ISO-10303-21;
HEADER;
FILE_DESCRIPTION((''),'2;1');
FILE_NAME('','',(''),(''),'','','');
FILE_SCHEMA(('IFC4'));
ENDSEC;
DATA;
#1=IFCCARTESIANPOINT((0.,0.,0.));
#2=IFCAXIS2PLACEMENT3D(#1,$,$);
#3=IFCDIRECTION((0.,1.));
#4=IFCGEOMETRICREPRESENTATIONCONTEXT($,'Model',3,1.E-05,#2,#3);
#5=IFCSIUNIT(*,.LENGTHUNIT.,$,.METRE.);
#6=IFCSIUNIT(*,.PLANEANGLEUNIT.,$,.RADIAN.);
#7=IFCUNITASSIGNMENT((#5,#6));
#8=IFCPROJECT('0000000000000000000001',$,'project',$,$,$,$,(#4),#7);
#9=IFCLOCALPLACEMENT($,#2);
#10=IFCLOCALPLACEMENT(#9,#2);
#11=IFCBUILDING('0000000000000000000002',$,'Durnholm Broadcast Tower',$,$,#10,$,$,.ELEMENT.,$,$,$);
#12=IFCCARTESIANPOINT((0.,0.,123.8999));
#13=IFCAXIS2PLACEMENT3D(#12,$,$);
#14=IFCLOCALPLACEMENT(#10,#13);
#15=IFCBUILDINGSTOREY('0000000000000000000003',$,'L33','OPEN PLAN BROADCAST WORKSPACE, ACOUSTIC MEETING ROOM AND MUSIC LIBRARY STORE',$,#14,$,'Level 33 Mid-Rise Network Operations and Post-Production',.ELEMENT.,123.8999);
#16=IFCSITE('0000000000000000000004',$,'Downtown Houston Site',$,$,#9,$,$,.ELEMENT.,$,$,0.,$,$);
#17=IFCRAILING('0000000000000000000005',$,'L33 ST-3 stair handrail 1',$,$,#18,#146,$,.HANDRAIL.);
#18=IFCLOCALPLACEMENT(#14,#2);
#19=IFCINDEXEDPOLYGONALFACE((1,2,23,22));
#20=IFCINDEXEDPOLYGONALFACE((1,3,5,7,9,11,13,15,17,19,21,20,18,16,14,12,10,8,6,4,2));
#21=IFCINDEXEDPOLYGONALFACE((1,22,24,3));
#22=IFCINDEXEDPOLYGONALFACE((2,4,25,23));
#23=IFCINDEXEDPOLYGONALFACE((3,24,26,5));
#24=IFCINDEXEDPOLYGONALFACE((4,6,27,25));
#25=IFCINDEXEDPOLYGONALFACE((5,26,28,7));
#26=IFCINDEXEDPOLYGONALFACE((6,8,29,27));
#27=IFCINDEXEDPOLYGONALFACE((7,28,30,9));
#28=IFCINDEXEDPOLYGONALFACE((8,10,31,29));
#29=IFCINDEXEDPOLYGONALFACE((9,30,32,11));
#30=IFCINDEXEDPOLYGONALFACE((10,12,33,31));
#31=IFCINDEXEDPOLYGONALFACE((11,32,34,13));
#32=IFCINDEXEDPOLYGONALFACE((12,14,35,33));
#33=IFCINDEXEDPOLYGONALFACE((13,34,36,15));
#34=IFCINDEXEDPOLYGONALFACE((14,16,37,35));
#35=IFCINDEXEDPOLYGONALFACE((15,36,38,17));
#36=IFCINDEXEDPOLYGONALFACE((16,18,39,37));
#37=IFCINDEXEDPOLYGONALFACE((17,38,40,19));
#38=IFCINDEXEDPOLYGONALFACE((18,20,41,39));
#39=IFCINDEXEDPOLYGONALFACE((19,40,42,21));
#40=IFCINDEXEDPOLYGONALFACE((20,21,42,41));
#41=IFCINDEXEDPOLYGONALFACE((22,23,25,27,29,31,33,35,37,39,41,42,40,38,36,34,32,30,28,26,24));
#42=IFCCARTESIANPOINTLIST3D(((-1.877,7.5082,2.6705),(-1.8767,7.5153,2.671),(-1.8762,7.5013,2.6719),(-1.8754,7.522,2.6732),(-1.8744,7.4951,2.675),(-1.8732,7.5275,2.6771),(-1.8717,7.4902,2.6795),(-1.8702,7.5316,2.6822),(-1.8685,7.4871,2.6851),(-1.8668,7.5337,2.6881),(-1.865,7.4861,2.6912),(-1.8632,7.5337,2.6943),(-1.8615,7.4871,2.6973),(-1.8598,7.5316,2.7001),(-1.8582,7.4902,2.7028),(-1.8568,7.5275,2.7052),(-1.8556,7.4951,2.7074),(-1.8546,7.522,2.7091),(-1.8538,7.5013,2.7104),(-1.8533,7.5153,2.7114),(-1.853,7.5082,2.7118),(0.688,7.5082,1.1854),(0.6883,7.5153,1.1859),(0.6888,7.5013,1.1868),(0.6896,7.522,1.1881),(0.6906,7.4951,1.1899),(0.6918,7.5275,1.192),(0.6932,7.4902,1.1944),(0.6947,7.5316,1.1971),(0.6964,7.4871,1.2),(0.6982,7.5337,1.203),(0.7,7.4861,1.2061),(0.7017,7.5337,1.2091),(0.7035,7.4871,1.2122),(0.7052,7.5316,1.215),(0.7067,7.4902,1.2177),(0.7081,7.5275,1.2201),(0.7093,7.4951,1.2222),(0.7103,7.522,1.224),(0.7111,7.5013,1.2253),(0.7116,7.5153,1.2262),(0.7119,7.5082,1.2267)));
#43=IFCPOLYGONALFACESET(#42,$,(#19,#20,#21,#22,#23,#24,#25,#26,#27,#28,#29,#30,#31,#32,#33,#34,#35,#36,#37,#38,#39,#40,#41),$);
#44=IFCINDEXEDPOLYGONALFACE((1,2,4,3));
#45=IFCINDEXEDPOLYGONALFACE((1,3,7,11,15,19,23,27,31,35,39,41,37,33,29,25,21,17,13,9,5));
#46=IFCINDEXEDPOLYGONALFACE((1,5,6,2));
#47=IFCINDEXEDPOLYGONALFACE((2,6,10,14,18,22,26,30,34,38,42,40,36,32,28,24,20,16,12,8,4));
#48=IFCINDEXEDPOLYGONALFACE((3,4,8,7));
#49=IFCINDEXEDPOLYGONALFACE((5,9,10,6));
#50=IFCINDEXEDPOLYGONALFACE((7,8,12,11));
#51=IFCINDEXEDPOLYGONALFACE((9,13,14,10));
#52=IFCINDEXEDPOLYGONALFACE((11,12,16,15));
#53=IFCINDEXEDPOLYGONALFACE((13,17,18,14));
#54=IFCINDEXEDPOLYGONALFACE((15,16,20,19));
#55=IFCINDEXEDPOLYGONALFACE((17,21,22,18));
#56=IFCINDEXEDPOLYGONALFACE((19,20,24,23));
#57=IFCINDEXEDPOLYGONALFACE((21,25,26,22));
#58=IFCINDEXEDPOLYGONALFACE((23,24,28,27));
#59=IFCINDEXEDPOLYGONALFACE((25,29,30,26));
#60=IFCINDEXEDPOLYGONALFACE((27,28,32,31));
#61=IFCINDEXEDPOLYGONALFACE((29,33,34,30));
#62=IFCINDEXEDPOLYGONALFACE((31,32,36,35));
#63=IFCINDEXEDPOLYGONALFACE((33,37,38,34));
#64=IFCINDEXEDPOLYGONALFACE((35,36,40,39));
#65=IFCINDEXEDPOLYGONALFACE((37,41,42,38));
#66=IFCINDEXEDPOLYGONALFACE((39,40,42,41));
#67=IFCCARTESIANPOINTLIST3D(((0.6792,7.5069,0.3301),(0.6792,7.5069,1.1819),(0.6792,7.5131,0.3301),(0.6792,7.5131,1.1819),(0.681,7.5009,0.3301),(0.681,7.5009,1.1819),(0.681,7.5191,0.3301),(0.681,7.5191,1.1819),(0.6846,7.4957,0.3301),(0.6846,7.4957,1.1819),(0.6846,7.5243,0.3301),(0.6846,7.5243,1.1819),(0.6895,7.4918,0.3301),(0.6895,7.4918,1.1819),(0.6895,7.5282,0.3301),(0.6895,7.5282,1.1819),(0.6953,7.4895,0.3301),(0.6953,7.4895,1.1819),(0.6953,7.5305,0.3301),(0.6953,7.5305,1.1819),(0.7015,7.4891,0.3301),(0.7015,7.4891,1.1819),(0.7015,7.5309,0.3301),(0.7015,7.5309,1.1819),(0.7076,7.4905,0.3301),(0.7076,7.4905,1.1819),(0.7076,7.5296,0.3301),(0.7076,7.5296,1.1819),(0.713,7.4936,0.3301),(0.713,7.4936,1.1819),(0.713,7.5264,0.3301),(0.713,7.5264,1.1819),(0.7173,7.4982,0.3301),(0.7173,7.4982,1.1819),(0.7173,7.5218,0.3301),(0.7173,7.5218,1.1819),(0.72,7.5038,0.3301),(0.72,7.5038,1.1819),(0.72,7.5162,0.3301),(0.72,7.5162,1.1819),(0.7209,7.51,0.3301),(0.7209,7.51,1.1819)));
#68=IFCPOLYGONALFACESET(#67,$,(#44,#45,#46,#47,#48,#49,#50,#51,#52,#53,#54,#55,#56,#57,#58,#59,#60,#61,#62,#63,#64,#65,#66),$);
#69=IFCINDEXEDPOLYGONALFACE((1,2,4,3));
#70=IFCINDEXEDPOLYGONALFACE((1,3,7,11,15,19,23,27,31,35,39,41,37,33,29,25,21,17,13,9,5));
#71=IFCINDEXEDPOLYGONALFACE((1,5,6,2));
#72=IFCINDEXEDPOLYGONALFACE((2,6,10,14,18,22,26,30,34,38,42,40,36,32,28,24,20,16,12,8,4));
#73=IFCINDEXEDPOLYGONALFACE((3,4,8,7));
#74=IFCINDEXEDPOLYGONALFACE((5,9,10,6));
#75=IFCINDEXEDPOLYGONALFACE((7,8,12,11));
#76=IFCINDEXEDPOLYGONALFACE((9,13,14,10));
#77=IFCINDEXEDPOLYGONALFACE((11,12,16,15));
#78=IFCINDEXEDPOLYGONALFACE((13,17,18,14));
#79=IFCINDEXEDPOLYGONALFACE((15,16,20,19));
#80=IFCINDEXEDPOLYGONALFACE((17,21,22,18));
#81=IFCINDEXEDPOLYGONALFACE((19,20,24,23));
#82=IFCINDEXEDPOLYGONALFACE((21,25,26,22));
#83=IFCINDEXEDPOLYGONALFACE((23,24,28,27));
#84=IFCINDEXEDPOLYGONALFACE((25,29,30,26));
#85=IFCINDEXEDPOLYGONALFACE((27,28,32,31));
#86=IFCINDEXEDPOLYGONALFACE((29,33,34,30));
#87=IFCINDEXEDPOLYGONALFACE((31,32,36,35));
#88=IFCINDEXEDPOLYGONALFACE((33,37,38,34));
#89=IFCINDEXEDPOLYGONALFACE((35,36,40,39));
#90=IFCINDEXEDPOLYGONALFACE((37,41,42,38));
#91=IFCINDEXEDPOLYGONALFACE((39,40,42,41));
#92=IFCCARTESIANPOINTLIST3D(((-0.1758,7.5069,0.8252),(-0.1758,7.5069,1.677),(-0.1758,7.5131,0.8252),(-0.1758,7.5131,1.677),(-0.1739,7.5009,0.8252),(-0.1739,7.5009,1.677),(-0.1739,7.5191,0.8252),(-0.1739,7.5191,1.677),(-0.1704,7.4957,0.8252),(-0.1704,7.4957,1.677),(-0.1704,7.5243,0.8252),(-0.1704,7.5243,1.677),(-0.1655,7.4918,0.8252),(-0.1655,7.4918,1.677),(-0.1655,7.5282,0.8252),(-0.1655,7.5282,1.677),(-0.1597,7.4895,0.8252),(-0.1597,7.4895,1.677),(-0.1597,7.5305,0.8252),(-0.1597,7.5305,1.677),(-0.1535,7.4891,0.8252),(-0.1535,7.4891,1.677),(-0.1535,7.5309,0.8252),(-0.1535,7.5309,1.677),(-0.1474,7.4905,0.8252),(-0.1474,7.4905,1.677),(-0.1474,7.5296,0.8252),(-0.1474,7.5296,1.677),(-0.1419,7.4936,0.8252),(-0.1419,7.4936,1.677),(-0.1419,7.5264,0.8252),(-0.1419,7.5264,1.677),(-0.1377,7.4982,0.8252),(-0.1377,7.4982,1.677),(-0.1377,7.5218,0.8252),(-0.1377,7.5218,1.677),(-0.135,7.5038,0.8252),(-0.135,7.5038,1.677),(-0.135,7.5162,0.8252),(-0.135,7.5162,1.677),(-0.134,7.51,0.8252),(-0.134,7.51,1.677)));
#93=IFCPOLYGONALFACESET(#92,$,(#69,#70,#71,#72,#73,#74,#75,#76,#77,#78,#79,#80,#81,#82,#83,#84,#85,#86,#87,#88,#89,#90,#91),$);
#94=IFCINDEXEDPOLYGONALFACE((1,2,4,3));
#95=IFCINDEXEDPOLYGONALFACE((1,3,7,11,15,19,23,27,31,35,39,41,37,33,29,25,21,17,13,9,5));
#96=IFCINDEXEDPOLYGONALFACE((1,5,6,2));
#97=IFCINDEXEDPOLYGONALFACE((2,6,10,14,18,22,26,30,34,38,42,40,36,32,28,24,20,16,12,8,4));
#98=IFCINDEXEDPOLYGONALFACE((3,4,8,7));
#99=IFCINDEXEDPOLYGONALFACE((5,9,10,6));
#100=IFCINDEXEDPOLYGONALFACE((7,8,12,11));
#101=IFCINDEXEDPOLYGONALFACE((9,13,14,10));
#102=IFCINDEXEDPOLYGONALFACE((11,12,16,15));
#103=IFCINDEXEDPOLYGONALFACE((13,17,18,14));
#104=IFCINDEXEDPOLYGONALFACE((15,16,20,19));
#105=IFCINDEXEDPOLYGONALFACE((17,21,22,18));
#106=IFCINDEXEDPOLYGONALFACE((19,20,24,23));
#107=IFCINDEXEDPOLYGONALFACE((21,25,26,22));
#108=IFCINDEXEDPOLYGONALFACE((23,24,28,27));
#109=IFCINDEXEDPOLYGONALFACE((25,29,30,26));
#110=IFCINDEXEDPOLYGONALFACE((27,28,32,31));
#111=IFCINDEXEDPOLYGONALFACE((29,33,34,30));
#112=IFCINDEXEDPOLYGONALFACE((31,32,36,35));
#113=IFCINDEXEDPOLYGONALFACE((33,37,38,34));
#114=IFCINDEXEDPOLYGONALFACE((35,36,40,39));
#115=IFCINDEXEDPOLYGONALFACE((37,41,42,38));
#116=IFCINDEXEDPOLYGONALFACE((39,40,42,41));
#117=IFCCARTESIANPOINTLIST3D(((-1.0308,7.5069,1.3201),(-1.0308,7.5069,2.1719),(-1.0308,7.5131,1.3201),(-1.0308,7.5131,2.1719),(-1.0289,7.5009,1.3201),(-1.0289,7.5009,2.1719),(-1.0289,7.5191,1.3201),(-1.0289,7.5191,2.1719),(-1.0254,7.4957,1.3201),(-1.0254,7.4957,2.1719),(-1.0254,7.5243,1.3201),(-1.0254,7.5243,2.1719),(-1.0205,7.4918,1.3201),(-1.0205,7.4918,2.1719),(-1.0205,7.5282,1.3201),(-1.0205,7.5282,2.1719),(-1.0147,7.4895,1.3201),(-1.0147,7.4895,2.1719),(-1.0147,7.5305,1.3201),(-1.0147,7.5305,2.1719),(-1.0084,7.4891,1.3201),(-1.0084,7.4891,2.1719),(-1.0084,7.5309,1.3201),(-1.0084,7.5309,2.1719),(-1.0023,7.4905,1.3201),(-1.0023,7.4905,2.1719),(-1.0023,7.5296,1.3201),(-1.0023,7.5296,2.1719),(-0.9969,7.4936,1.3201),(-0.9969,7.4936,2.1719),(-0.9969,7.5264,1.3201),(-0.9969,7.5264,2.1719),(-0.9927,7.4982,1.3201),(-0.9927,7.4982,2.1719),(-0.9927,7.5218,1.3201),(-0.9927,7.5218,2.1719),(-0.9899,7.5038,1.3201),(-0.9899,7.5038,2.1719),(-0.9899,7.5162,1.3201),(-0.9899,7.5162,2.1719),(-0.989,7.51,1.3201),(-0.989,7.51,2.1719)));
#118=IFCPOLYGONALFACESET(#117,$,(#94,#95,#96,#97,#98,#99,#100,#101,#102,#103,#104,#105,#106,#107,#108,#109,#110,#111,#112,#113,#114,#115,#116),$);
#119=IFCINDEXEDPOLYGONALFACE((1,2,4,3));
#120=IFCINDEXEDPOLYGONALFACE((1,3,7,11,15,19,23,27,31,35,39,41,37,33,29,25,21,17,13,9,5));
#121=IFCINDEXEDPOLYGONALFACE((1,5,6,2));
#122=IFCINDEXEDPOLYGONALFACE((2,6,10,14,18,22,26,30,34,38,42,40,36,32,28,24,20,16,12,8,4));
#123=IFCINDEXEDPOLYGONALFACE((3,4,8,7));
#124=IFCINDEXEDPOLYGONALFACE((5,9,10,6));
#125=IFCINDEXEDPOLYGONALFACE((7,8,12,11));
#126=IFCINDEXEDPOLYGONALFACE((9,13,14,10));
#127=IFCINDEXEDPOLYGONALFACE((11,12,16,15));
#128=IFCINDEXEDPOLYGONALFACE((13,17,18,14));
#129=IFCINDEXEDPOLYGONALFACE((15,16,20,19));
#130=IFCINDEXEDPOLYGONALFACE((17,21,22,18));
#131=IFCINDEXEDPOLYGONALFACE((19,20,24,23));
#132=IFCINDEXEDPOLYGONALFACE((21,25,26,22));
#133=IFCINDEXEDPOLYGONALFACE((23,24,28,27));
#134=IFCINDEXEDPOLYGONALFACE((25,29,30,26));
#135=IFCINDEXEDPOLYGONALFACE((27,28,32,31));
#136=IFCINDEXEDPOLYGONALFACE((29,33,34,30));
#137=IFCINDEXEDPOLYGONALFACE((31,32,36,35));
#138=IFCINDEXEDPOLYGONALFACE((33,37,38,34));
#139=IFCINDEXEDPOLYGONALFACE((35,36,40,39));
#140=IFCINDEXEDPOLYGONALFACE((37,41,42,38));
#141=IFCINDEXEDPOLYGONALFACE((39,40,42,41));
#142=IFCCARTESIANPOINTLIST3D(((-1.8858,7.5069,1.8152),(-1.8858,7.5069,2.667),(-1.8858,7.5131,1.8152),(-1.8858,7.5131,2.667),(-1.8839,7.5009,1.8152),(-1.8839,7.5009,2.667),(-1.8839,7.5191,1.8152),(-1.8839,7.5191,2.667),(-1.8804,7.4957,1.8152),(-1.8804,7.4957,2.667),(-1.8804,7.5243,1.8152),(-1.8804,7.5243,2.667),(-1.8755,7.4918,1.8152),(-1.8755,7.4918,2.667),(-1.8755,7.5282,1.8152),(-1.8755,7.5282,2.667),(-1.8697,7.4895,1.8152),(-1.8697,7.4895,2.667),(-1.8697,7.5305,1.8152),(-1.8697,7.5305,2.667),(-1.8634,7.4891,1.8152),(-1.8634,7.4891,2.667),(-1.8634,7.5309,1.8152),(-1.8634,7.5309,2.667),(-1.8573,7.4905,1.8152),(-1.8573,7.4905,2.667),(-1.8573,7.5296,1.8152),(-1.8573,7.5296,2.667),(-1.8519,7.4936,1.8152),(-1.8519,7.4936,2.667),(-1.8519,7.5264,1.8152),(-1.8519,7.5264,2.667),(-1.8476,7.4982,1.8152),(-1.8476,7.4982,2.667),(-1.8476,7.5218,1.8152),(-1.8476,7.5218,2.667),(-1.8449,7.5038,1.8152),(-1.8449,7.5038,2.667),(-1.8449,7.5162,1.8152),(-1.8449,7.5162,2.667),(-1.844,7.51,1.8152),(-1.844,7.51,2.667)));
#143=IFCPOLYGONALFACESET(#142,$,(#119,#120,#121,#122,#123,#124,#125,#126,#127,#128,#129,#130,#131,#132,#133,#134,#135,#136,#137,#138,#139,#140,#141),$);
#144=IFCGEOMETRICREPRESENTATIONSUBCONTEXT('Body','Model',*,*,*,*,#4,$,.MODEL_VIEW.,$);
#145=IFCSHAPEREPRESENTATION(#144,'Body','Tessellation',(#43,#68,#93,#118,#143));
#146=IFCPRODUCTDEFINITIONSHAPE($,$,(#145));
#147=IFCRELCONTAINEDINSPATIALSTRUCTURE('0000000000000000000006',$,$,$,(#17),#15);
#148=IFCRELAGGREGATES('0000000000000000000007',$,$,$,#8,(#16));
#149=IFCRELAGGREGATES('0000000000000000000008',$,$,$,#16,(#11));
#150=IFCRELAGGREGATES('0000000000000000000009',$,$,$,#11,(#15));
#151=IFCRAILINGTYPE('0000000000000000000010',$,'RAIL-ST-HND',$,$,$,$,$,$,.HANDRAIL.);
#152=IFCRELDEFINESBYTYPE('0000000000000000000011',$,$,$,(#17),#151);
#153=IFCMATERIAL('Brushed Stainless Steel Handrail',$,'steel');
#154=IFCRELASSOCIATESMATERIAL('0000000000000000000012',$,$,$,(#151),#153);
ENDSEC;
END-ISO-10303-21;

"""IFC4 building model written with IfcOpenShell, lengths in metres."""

from ifc_helpers import new_model, si_unit, direction, frame, origin, origin_2d, place, context, subcontext, project, spatial, circle, extrude, material, type_object, element, save


model = new_model("IFC4")

# Units and contexts
model_context = context("Model", 3, precision=1e-05, world=origin(), true_north=direction((0.0, 1.0)))
body_context = subcontext(model_context, "Body", "Model", "MODEL_VIEW")
ifc_project = project(units=[si_unit("LENGTHUNIT", "METRE"), si_unit("PLANEANGLEUNIT", "RADIAN")], contexts=[model_context])

# Site, building, storey
site_placement = place(None, origin())
site = spatial("IfcSite", under=ifc_project, at=site_placement, Name="Downtown Houston Site", CompositionType="ELEMENT", RefElevation=0.0)
building_placement = place(site_placement, origin())
building = spatial("IfcBuilding", under=site, at=building_placement, Name="Durnholm Broadcast Tower", CompositionType="ELEMENT")
storey_placement = place(building_placement, frame((0.0, 0.0, 123.8999)))
storey = spatial("IfcBuildingStorey", under=building, at=storey_placement, Name="L33", Description="OPEN PLAN BROADCAST WORKSPACE, ACOUSTIC MEETING ROOM AND MUSIC LIBRARY STORE", LongName="Level 33 Mid-Rise Network Operations and Post-Production", CompositionType="ELEMENT", Elevation=123.8999)

# Railing
ifc_material_1 = material(Name="Brushed Stainless Steel Handrail", Category="steel")
railing_type_1 = type_object("IfcRailingType", Name="RAIL-ST-HND", PredefinedType="HANDRAIL", material=ifc_material_1)
railing_1_placement = place(storey_placement, frame((0.7, 7.51, 0.3301)))
element("IfcRailing", 1, at=railing_1_placement, inside=storey, type_object=railing_type_1, Name="L33 ST-3 stair handrail 1", PredefinedType="HANDRAIL", context=body_context, shape_type="SweptSolid", body=[
    extrude(circle(Radius=0.0239, at=origin_2d()), frame((0.0, 0.0, 0.876), z_axis=(-0.865406, 0.0, 0.501072), x_axis=(0.0, -1.0, 0.0)), (0.0, 0.0, 1.0), 2.9639),
    extrude(circle(Radius=0.021, at=origin_2d()), origin(), (0.0, 0.0, 1.0), 0.8518),
    extrude(circle(Radius=0.021, at=origin_2d()), frame((-0.855, 0.0, 0.4951)), (0.0, 0.0, 1.0), 0.8518),
    extrude(circle(Radius=0.021, at=origin_2d()), frame((-1.71, 0.0, 0.99)), (0.0, 0.0, 1.0), 0.8518),
    extrude(circle(Radius=0.021, at=origin_2d()), frame((-2.5649, 0.0, 1.4851)), (0.0, 0.0, 1.0), 0.8518),
])

save(model, "model.ifc")
